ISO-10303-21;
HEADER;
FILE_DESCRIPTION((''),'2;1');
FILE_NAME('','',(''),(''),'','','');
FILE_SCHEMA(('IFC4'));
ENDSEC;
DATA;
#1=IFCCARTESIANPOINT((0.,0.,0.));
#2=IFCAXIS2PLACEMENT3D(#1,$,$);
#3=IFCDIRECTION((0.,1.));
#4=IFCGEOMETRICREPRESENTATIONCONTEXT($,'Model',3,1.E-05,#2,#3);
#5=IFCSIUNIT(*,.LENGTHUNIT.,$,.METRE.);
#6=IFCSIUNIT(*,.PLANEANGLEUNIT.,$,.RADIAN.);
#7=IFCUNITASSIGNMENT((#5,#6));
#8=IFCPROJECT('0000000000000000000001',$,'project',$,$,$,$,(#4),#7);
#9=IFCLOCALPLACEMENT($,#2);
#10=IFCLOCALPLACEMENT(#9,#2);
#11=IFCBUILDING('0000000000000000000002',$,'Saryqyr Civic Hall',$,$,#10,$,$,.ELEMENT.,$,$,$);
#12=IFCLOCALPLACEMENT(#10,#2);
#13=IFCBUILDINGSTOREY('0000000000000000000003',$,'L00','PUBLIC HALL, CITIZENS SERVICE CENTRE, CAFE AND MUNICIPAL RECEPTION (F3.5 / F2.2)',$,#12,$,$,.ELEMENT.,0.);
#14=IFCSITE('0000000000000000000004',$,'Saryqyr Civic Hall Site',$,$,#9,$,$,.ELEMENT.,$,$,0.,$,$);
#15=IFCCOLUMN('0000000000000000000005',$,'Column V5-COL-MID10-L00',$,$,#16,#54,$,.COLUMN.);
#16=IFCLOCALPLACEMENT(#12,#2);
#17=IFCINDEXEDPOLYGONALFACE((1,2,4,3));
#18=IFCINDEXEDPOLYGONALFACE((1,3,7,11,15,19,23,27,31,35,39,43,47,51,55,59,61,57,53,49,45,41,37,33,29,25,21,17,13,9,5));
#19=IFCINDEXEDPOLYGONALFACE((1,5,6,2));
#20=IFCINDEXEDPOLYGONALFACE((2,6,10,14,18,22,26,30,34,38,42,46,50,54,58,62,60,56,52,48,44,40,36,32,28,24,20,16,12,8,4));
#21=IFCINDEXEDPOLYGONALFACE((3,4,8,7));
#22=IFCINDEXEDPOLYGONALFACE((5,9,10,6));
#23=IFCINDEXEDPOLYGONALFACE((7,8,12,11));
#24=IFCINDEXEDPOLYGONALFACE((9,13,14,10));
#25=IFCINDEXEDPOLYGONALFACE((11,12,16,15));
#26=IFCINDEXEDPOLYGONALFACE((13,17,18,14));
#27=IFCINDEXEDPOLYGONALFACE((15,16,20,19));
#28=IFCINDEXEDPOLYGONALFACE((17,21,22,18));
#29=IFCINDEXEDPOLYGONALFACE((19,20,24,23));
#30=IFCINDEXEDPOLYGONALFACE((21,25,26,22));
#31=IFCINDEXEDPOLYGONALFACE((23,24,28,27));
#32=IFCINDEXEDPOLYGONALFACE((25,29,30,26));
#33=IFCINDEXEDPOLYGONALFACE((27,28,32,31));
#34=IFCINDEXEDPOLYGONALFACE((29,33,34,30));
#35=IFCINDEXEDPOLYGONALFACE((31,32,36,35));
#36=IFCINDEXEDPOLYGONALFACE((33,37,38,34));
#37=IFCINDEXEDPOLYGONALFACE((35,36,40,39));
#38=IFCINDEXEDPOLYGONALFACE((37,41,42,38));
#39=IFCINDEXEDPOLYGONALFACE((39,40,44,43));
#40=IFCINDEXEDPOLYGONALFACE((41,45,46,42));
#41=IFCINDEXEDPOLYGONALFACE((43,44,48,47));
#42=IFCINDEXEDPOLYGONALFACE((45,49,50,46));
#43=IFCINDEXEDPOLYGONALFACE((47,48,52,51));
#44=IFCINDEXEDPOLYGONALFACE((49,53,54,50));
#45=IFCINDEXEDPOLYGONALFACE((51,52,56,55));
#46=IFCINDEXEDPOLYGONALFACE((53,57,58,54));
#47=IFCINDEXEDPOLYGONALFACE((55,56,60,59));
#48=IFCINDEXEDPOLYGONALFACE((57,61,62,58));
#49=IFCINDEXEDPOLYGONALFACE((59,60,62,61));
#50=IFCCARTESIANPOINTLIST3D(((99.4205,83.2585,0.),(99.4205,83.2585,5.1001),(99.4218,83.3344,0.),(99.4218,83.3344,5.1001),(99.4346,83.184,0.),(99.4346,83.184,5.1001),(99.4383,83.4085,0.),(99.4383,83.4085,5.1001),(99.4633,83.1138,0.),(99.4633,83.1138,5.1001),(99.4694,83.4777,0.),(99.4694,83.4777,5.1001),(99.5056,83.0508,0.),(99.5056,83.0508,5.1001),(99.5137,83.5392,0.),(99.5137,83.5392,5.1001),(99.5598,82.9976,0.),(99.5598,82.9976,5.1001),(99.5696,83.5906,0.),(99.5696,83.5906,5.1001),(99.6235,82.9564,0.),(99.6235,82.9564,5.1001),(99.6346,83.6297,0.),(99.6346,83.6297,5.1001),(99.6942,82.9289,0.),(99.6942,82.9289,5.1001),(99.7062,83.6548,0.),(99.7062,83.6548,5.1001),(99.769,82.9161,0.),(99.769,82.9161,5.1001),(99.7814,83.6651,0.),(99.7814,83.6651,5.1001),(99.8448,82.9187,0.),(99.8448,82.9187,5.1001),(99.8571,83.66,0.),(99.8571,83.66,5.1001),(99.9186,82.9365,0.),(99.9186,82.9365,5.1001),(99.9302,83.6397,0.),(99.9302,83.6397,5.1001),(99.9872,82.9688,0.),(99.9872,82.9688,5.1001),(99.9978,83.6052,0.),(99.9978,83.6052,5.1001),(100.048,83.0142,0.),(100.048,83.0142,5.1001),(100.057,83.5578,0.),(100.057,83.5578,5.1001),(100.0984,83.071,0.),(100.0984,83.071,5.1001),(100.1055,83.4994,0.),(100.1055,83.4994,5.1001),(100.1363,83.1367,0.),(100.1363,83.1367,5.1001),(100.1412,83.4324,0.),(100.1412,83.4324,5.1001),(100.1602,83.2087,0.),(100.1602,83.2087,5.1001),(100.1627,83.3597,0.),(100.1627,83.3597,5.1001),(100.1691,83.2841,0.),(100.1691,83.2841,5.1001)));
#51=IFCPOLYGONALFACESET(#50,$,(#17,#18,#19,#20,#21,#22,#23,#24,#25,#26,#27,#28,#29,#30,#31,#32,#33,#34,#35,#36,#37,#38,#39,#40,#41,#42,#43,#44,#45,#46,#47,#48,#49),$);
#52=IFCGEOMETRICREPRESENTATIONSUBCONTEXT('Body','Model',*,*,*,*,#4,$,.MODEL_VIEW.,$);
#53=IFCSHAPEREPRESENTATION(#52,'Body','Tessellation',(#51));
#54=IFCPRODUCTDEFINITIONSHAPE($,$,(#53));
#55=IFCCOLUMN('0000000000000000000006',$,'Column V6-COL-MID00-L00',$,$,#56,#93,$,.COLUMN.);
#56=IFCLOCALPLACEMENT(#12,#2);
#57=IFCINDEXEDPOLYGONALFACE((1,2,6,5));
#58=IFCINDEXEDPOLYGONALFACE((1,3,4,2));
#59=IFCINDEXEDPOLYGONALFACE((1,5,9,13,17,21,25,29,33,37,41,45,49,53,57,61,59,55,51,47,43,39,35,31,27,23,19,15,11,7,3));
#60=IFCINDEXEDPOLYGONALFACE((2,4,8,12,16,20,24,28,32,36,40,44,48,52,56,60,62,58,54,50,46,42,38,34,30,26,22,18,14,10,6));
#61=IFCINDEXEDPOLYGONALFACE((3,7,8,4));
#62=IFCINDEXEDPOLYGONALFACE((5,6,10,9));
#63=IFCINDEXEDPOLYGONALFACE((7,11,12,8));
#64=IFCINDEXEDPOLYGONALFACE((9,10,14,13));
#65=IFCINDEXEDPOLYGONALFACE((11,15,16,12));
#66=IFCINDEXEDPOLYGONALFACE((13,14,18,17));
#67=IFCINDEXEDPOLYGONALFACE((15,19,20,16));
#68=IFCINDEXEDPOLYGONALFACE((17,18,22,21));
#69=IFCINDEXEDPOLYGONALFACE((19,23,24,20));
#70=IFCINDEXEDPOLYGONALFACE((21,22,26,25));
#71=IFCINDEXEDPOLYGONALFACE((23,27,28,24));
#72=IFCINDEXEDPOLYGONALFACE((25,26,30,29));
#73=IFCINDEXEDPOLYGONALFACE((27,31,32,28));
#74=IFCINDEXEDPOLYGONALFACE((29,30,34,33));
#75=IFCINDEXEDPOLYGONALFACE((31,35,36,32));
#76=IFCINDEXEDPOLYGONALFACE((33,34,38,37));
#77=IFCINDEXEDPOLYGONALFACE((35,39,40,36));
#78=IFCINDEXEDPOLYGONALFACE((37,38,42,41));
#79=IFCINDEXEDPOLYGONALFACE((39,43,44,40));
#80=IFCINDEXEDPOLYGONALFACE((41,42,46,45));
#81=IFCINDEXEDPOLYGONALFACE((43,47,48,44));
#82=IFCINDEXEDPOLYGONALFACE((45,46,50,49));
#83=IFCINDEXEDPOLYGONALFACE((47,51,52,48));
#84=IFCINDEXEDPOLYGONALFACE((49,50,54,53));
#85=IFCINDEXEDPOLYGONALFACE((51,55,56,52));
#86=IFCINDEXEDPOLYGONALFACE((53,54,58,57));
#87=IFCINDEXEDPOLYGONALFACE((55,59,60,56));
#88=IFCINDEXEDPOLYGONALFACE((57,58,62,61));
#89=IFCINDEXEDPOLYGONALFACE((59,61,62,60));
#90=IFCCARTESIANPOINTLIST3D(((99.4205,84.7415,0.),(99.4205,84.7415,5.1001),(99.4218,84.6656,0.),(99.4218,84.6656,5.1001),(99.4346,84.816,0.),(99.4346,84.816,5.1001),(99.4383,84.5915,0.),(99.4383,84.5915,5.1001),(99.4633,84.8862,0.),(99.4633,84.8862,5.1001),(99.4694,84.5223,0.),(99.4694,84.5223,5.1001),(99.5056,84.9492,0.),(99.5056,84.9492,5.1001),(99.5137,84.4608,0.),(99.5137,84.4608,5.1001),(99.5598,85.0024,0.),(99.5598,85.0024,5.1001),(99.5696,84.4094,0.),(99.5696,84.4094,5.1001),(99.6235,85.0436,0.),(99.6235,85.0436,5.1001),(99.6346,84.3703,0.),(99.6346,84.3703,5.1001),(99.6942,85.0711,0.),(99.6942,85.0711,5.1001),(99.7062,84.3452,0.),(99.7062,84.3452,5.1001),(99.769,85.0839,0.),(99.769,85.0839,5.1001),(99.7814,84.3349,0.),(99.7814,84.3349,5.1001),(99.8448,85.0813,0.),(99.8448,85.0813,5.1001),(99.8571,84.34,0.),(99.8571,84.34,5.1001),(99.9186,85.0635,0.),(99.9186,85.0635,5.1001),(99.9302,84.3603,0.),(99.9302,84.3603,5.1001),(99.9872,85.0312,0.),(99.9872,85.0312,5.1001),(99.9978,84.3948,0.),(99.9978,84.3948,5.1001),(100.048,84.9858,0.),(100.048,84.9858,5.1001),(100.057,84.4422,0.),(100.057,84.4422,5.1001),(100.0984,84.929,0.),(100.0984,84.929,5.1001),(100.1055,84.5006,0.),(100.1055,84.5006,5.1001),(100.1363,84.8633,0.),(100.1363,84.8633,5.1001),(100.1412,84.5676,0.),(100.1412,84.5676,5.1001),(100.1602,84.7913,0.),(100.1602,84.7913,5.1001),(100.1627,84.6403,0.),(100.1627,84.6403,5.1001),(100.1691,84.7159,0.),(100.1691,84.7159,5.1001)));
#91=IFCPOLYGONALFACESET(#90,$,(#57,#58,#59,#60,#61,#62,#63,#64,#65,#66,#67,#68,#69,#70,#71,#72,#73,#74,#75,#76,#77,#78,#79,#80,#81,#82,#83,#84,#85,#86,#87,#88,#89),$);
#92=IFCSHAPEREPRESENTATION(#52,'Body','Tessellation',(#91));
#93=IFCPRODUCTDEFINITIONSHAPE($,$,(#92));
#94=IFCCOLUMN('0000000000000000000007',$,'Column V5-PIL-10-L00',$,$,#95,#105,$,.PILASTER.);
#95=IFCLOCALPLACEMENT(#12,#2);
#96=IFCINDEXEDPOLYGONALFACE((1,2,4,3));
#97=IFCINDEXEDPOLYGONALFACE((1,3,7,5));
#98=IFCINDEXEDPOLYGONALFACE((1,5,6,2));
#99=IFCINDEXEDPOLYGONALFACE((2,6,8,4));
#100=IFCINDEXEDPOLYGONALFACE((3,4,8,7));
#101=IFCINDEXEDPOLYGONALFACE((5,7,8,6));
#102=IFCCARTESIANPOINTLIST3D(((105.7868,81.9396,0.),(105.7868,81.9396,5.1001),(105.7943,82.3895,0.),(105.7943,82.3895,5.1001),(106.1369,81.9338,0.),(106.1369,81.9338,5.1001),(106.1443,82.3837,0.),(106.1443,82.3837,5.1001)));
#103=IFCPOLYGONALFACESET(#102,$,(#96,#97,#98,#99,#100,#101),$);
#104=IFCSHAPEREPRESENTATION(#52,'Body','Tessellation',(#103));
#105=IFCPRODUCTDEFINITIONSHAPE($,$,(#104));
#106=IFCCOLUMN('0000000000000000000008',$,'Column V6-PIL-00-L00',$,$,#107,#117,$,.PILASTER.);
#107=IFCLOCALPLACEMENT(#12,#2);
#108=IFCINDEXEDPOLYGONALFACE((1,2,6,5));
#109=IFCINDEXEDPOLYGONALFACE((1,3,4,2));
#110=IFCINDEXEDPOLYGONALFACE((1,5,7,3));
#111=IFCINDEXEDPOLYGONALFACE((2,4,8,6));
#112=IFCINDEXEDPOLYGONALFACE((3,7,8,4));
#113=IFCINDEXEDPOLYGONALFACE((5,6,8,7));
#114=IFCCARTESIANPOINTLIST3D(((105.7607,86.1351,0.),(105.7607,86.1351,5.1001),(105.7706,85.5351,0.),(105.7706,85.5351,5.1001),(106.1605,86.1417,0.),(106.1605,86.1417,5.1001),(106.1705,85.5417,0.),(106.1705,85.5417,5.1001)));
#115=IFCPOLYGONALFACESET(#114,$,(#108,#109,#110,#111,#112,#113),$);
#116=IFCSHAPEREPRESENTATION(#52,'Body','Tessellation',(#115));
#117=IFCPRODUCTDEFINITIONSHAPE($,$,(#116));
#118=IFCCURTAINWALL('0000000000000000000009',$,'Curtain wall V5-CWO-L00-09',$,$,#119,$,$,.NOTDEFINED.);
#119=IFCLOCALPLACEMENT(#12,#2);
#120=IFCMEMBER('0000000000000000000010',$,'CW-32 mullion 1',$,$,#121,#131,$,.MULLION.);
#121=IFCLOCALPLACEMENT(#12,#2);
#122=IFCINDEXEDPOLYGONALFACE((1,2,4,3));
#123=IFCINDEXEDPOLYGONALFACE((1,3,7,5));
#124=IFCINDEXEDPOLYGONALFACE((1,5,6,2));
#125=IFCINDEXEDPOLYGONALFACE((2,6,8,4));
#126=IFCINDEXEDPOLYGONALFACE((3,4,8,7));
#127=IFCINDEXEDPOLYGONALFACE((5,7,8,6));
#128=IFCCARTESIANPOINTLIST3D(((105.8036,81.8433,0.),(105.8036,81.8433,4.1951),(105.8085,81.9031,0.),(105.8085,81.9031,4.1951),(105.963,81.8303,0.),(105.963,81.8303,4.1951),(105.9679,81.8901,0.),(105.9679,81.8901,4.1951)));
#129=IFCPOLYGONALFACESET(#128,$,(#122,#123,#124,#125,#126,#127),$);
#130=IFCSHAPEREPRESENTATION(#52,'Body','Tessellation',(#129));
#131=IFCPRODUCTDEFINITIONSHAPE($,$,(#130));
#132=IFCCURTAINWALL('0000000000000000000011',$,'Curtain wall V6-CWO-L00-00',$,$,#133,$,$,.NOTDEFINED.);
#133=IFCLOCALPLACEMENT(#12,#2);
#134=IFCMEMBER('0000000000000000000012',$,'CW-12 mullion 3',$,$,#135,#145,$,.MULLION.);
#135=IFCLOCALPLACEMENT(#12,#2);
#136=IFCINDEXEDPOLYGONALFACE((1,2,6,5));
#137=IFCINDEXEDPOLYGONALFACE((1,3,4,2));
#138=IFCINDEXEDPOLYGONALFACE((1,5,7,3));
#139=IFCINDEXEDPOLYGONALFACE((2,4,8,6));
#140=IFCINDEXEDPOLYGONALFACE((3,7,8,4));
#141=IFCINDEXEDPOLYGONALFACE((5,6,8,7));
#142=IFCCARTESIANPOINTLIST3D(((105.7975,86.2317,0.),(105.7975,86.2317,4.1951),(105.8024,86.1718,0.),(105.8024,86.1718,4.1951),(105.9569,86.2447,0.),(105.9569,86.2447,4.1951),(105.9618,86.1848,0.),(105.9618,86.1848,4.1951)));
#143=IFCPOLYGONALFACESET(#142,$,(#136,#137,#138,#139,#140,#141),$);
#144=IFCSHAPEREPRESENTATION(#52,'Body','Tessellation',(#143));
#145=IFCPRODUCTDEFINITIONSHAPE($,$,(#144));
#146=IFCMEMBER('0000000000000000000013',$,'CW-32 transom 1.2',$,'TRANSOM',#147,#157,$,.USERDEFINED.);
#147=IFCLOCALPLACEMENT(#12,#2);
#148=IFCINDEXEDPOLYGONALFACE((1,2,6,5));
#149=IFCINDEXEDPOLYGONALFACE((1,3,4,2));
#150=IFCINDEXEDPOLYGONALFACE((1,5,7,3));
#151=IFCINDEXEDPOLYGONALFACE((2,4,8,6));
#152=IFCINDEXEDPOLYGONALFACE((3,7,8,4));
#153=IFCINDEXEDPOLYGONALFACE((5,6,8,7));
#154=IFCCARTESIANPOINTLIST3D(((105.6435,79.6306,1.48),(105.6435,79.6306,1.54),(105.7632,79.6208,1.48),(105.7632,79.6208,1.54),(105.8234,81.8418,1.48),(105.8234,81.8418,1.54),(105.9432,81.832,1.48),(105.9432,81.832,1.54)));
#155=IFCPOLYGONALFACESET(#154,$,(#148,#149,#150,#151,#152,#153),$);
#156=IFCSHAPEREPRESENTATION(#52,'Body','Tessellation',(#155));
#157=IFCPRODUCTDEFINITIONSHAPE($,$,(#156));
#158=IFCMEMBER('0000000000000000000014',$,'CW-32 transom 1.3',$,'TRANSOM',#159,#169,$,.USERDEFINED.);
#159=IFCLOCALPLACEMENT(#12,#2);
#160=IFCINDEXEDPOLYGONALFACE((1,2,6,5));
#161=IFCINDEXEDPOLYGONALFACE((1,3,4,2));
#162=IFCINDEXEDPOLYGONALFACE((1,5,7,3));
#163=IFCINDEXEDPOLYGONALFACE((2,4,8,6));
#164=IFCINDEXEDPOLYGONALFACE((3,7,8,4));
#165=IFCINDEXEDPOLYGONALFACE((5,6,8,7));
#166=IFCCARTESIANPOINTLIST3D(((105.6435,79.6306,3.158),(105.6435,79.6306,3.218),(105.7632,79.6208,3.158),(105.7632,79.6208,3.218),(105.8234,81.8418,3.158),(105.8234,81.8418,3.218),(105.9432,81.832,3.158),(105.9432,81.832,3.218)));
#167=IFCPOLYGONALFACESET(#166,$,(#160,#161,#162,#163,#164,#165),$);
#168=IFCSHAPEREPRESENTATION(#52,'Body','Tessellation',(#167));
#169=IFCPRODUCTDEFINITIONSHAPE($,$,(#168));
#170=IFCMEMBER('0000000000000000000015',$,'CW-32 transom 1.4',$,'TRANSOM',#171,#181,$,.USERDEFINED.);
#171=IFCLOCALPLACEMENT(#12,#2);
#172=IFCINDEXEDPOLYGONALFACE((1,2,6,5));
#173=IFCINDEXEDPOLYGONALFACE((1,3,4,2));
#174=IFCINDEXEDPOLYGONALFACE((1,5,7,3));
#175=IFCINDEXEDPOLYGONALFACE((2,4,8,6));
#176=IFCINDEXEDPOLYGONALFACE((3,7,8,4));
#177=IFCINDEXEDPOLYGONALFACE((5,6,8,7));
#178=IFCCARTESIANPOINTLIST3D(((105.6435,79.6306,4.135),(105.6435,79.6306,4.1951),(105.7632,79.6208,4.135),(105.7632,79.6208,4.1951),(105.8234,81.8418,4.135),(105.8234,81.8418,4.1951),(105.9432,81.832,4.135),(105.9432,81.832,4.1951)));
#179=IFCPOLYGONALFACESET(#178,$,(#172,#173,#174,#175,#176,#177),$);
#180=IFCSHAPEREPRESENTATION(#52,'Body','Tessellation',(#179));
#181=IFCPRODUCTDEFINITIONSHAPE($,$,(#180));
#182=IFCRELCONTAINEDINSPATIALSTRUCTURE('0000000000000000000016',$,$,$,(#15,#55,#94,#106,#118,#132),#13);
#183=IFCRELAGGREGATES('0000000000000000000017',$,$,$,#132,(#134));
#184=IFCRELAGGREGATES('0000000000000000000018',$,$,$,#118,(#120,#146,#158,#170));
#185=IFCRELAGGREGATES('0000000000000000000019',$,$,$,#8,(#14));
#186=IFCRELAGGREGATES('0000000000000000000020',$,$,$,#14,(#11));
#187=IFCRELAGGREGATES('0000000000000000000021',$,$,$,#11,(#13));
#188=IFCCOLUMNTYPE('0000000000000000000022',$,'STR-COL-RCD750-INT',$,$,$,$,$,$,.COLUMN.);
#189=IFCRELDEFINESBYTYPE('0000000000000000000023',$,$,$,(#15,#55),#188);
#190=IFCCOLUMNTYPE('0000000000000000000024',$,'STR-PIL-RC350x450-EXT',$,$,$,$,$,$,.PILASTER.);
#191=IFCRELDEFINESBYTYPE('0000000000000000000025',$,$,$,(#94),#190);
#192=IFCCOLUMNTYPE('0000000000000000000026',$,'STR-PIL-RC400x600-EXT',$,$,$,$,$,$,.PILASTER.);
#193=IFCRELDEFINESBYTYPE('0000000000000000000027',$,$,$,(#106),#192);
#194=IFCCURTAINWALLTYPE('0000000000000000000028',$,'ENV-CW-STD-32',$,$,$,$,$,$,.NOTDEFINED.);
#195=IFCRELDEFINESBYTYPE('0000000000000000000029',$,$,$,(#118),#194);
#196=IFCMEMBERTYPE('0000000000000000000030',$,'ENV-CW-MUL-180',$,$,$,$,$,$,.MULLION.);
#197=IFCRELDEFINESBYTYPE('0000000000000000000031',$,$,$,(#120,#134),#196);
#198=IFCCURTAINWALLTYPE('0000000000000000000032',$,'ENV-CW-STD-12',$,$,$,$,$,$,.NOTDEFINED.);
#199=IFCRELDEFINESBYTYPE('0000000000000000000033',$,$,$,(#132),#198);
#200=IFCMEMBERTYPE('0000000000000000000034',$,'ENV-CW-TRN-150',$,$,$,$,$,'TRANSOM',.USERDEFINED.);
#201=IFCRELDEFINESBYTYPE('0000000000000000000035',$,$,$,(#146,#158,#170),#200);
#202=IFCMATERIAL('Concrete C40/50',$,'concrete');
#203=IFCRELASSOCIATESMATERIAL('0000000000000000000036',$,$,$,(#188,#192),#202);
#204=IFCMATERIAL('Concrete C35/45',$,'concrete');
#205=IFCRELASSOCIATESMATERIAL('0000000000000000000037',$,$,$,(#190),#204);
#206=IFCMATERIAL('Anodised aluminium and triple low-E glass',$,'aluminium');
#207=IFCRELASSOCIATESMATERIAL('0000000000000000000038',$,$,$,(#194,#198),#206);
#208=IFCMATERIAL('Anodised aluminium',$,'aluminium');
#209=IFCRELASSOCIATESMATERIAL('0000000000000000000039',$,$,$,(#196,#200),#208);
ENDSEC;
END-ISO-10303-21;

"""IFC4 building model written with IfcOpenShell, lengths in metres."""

from ifc_helpers import new_model, si_unit, direction, frame, origin, origin_2d, place, context, subcontext, project, spatial, rectangle, circle, extrude, material, material_profile, profile_set, type_object, element, aggregate, save


model = new_model("IFC4")

# Units and contexts
model_context = context("Model", 3, precision=1e-05, world=origin(), true_north=direction((0.0, 1.0)))
body_context = subcontext(model_context, "Body", "Model", "MODEL_VIEW")
ifc_project = project(units=[si_unit("LENGTHUNIT", "METRE"), si_unit("PLANEANGLEUNIT", "RADIAN")], contexts=[model_context])

# Site, building, storey
site_placement = place(None, origin())
site = spatial("IfcSite", under=ifc_project, at=site_placement, Name="Saryqyr Civic Hall Site", CompositionType="ELEMENT", RefElevation=0.0)
building_placement = place(site_placement, origin())
building = spatial("IfcBuilding", under=site, at=building_placement, Name="Saryqyr Civic Hall", CompositionType="ELEMENT")
storey_placement = place(building_placement, origin())
storey = spatial("IfcBuildingStorey", under=building, at=storey_placement, Name="L00", Description="PUBLIC HALL, CITIZENS SERVICE CENTRE, CAFE AND MUNICIPAL RECEPTION (F3.5 / F2.2)", CompositionType="ELEMENT", Elevation=0.0)

# Columns
ifc_material_1 = material(Name="Concrete C40/50", Category="concrete")
ifc_material_profile_1 = material_profile(ifc_material_1, circle(Radius=0.375, at=origin_2d()), Name="RC D750")
ifc_profile_set_1 = profile_set([ifc_material_profile_1], Name="Concrete C40/50")
column_type_1 = type_object("IfcColumnType", Name="STR-COL-RCD750-INT", PredefinedType="COLUMN", material=ifc_profile_set_1)
for number, where, z_axis, x_axis, name in (
    (1, (99.7942, 83.2903, 0.0), (0.0, 0.0, 1.0), (0.999863, -0.01658, 0.0), "Column V5-COL-MID10-L00"),
    (2, (99.7942, 84.7097, 0.0), (0.0, 0.0, 1.0), (0.999863, 0.01658, 0.0), "Column V6-COL-MID00-L00"),
):
    element("IfcColumn", number, at=place(storey_placement, frame(where, z_axis=z_axis, x_axis=x_axis)), inside=storey, type_object=column_type_1, Name=name, PredefinedType="COLUMN", context=body_context, shape_type="SweptSolid", body=[
        extrude(circle(Radius=0.375, at=origin_2d()), origin(), (0.0, 0.0, 1.0), 5.1001),
    ])
ifc_material_2 = material(Name="Concrete C35/45", Category="concrete")
ifc_material_profile_2 = material_profile(ifc_material_2, rectangle(XDim=0.3501, YDim=0.45, at=origin_2d()), Name="RC 350x450")
ifc_profile_set_2 = profile_set([ifc_material_profile_2], Name="Concrete C35/45")
column_type_2 = type_object("IfcColumnType", Name="STR-PIL-RC350x450-EXT", PredefinedType="PILASTER", material=ifc_profile_set_2)
column_1_placement = place(storey_placement, frame((105.9656, 82.1616, 0.0), z_axis=(0.0, 0.0, 1.0), x_axis=(0.999863, -0.01658, 0.0)))
element("IfcColumn", 3, at=column_1_placement, inside=storey, type_object=column_type_2, Name="Column V5-PIL-10-L00", PredefinedType="PILASTER", context=body_context, shape_type="SweptSolid", body=[
    extrude(rectangle(XDim=0.3501, YDim=0.45, at=origin_2d()), origin(), (0.0, 0.0, 1.0), 5.1001),
])
ifc_material_profile_3 = material_profile(ifc_material_1, rectangle(XDim=0.3999, YDim=0.6001, at=origin_2d()), Name="RC 400x600")
ifc_profile_set_3 = profile_set([ifc_material_profile_3], Name="Concrete C40/50")
column_type_3 = type_object("IfcColumnType", Name="STR-PIL-RC400x600-EXT", PredefinedType="PILASTER", material=ifc_profile_set_3)
column_2_placement = place(storey_placement, frame((105.9656, 85.8384, 0.0), z_axis=(0.0, 0.0, 1.0), x_axis=(0.999863, 0.01658, 0.0)))
element("IfcColumn", 4, at=column_2_placement, inside=storey, type_object=column_type_3, Name="Column V6-PIL-00-L00", PredefinedType="PILASTER", context=body_context, shape_type="SweptSolid", body=[
    extrude(rectangle(XDim=0.3999, YDim=0.6001, at=origin_2d()), origin(), (0.0, 0.0, 1.0), 5.1001),
])

# Curtain walls, members
ifc_material_3 = material(Name="Anodised aluminium and triple low-E glass", Category="aluminium")
curtain_wall_type_1 = type_object("IfcCurtainWallType", Name="ENV-CW-STD-32", PredefinedType="NOTDEFINED", material=ifc_material_3)
curtain_wall_1_placement = place(storey_placement, origin())
curtain_wall_1 = element("IfcCurtainWall", 5, at=curtain_wall_1_placement, inside=storey, type_object=curtain_wall_type_1, Name="Curtain wall V5-CWO-L00-09", PredefinedType="NOTDEFINED")
ifc_material_4 = material(Name="Anodised aluminium", Category="aluminium")
ifc_material_profile_4 = material_profile(ifc_material_4, rectangle(XDim=0.0601, YDim=0.1599, at=origin_2d()), Name="ALU MULLION 60x160")
ifc_profile_set_4 = profile_set([ifc_material_profile_4], Name="Anodised aluminium")
member_type_1 = type_object("IfcMemberType", Name="ENV-CW-MUL-180", PredefinedType="MULLION", material=ifc_profile_set_4)
member_1_placement = place(storey_placement, frame((105.8857, 81.8667, 0.0), z_axis=(0.0, 0.0, 1.0), x_axis=(-0.081093, -0.996707, 0.0)))
member_1 = element("IfcMember", 6, at=member_1_placement, type_object=member_type_1, Name="CW-32 mullion 1", PredefinedType="MULLION", context=body_context, shape_type="SweptSolid", body=[
    extrude(rectangle(XDim=0.0601, YDim=0.1599, at=origin_2d()), origin(), (0.0, 0.0, 1.0), 4.1951),
])
curtain_wall_type_2 = type_object("IfcCurtainWallType", Name="ENV-CW-STD-12", PredefinedType="NOTDEFINED", material=ifc_material_3)
curtain_wall_2_placement = place(storey_placement, origin())
curtain_wall_2 = element("IfcCurtainWall", 7, at=curtain_wall_2_placement, inside=storey, type_object=curtain_wall_type_2, Name="Curtain wall V6-CWO-L00-00", PredefinedType="NOTDEFINED")
member_2_placement = place(storey_placement, frame((105.8796, 86.2083, 0.0), z_axis=(0.0, 0.0, 1.0), x_axis=(0.081094, -0.996706, 0.0)))
member_2 = element("IfcMember", 8, at=member_2_placement, type_object=member_type_1, Name="CW-12 mullion 3", PredefinedType="MULLION", context=body_context, shape_type="SweptSolid", body=[
    extrude(rectangle(XDim=0.0601, YDim=0.1599, at=origin_2d()), origin(), (0.0, 0.0, 1.0), 4.1951),
])
aggregate(curtain_wall_2, [member_2])

# Members
ifc_material_profile_5 = material_profile(ifc_material_4, rectangle(XDim=0.1201, YDim=0.0601, at=origin_2d()), Name="ALU TRANSOM 120x60")
ifc_profile_set_5 = profile_set([ifc_material_profile_5], Name="Anodised aluminium")
member_type_2 = type_object("IfcMemberType", Name="ENV-CW-TRN-150", ElementType="TRANSOM", PredefinedType="USERDEFINED", material=ifc_profile_set_5)
member_3_placement = place(storey_placement, frame((105.8833, 81.8369, 1.51), z_axis=(-0.081105, -0.996706, 0.0), x_axis=(0.996706, -0.081105, 0.0)))
member_3 = element("IfcMember", 9, at=member_3_placement, type_object=member_type_2, Name="CW-32 transom 1.2", ObjectType="TRANSOM", PredefinedType="USERDEFINED", context=body_context, shape_type="SweptSolid", body=[
    extrude(rectangle(XDim=0.1201, YDim=0.0601, at=origin_2d()), origin(), (0.0, 0.0, 1.0), 2.2185),
])
member_4_placement = place(storey_placement, frame((105.8833, 81.8369, 3.188), z_axis=(-0.081105, -0.996706, 0.0), x_axis=(0.996706, -0.081105, 0.0)))
member_4 = element("IfcMember", 10, at=member_4_placement, type_object=member_type_2, Name="CW-32 transom 1.3", ObjectType="TRANSOM", PredefinedType="USERDEFINED", context=body_context, shape_type="SweptSolid", body=[
    extrude(rectangle(XDim=0.1201, YDim=0.0601, at=origin_2d()), origin(), (0.0, 0.0, 1.0), 2.2185),
])
member_5_placement = place(storey_placement, frame((105.8833, 81.8369, 4.165), z_axis=(-0.081105, -0.996706, 0.0), x_axis=(0.996706, -0.081105, 0.0)))
member_5 = element("IfcMember", 11, at=member_5_placement, type_object=member_type_2, Name="CW-32 transom 1.4", ObjectType="TRANSOM", PredefinedType="USERDEFINED", context=body_context, shape_type="SweptSolid", body=[
    extrude(rectangle(XDim=0.1201, YDim=0.0601, at=origin_2d()), origin(), (0.0, 0.0, 1.0), 2.2185),
])
aggregate(curtain_wall_1, [member_1, member_3, member_4, member_5])

save(model, "model.ifc")
